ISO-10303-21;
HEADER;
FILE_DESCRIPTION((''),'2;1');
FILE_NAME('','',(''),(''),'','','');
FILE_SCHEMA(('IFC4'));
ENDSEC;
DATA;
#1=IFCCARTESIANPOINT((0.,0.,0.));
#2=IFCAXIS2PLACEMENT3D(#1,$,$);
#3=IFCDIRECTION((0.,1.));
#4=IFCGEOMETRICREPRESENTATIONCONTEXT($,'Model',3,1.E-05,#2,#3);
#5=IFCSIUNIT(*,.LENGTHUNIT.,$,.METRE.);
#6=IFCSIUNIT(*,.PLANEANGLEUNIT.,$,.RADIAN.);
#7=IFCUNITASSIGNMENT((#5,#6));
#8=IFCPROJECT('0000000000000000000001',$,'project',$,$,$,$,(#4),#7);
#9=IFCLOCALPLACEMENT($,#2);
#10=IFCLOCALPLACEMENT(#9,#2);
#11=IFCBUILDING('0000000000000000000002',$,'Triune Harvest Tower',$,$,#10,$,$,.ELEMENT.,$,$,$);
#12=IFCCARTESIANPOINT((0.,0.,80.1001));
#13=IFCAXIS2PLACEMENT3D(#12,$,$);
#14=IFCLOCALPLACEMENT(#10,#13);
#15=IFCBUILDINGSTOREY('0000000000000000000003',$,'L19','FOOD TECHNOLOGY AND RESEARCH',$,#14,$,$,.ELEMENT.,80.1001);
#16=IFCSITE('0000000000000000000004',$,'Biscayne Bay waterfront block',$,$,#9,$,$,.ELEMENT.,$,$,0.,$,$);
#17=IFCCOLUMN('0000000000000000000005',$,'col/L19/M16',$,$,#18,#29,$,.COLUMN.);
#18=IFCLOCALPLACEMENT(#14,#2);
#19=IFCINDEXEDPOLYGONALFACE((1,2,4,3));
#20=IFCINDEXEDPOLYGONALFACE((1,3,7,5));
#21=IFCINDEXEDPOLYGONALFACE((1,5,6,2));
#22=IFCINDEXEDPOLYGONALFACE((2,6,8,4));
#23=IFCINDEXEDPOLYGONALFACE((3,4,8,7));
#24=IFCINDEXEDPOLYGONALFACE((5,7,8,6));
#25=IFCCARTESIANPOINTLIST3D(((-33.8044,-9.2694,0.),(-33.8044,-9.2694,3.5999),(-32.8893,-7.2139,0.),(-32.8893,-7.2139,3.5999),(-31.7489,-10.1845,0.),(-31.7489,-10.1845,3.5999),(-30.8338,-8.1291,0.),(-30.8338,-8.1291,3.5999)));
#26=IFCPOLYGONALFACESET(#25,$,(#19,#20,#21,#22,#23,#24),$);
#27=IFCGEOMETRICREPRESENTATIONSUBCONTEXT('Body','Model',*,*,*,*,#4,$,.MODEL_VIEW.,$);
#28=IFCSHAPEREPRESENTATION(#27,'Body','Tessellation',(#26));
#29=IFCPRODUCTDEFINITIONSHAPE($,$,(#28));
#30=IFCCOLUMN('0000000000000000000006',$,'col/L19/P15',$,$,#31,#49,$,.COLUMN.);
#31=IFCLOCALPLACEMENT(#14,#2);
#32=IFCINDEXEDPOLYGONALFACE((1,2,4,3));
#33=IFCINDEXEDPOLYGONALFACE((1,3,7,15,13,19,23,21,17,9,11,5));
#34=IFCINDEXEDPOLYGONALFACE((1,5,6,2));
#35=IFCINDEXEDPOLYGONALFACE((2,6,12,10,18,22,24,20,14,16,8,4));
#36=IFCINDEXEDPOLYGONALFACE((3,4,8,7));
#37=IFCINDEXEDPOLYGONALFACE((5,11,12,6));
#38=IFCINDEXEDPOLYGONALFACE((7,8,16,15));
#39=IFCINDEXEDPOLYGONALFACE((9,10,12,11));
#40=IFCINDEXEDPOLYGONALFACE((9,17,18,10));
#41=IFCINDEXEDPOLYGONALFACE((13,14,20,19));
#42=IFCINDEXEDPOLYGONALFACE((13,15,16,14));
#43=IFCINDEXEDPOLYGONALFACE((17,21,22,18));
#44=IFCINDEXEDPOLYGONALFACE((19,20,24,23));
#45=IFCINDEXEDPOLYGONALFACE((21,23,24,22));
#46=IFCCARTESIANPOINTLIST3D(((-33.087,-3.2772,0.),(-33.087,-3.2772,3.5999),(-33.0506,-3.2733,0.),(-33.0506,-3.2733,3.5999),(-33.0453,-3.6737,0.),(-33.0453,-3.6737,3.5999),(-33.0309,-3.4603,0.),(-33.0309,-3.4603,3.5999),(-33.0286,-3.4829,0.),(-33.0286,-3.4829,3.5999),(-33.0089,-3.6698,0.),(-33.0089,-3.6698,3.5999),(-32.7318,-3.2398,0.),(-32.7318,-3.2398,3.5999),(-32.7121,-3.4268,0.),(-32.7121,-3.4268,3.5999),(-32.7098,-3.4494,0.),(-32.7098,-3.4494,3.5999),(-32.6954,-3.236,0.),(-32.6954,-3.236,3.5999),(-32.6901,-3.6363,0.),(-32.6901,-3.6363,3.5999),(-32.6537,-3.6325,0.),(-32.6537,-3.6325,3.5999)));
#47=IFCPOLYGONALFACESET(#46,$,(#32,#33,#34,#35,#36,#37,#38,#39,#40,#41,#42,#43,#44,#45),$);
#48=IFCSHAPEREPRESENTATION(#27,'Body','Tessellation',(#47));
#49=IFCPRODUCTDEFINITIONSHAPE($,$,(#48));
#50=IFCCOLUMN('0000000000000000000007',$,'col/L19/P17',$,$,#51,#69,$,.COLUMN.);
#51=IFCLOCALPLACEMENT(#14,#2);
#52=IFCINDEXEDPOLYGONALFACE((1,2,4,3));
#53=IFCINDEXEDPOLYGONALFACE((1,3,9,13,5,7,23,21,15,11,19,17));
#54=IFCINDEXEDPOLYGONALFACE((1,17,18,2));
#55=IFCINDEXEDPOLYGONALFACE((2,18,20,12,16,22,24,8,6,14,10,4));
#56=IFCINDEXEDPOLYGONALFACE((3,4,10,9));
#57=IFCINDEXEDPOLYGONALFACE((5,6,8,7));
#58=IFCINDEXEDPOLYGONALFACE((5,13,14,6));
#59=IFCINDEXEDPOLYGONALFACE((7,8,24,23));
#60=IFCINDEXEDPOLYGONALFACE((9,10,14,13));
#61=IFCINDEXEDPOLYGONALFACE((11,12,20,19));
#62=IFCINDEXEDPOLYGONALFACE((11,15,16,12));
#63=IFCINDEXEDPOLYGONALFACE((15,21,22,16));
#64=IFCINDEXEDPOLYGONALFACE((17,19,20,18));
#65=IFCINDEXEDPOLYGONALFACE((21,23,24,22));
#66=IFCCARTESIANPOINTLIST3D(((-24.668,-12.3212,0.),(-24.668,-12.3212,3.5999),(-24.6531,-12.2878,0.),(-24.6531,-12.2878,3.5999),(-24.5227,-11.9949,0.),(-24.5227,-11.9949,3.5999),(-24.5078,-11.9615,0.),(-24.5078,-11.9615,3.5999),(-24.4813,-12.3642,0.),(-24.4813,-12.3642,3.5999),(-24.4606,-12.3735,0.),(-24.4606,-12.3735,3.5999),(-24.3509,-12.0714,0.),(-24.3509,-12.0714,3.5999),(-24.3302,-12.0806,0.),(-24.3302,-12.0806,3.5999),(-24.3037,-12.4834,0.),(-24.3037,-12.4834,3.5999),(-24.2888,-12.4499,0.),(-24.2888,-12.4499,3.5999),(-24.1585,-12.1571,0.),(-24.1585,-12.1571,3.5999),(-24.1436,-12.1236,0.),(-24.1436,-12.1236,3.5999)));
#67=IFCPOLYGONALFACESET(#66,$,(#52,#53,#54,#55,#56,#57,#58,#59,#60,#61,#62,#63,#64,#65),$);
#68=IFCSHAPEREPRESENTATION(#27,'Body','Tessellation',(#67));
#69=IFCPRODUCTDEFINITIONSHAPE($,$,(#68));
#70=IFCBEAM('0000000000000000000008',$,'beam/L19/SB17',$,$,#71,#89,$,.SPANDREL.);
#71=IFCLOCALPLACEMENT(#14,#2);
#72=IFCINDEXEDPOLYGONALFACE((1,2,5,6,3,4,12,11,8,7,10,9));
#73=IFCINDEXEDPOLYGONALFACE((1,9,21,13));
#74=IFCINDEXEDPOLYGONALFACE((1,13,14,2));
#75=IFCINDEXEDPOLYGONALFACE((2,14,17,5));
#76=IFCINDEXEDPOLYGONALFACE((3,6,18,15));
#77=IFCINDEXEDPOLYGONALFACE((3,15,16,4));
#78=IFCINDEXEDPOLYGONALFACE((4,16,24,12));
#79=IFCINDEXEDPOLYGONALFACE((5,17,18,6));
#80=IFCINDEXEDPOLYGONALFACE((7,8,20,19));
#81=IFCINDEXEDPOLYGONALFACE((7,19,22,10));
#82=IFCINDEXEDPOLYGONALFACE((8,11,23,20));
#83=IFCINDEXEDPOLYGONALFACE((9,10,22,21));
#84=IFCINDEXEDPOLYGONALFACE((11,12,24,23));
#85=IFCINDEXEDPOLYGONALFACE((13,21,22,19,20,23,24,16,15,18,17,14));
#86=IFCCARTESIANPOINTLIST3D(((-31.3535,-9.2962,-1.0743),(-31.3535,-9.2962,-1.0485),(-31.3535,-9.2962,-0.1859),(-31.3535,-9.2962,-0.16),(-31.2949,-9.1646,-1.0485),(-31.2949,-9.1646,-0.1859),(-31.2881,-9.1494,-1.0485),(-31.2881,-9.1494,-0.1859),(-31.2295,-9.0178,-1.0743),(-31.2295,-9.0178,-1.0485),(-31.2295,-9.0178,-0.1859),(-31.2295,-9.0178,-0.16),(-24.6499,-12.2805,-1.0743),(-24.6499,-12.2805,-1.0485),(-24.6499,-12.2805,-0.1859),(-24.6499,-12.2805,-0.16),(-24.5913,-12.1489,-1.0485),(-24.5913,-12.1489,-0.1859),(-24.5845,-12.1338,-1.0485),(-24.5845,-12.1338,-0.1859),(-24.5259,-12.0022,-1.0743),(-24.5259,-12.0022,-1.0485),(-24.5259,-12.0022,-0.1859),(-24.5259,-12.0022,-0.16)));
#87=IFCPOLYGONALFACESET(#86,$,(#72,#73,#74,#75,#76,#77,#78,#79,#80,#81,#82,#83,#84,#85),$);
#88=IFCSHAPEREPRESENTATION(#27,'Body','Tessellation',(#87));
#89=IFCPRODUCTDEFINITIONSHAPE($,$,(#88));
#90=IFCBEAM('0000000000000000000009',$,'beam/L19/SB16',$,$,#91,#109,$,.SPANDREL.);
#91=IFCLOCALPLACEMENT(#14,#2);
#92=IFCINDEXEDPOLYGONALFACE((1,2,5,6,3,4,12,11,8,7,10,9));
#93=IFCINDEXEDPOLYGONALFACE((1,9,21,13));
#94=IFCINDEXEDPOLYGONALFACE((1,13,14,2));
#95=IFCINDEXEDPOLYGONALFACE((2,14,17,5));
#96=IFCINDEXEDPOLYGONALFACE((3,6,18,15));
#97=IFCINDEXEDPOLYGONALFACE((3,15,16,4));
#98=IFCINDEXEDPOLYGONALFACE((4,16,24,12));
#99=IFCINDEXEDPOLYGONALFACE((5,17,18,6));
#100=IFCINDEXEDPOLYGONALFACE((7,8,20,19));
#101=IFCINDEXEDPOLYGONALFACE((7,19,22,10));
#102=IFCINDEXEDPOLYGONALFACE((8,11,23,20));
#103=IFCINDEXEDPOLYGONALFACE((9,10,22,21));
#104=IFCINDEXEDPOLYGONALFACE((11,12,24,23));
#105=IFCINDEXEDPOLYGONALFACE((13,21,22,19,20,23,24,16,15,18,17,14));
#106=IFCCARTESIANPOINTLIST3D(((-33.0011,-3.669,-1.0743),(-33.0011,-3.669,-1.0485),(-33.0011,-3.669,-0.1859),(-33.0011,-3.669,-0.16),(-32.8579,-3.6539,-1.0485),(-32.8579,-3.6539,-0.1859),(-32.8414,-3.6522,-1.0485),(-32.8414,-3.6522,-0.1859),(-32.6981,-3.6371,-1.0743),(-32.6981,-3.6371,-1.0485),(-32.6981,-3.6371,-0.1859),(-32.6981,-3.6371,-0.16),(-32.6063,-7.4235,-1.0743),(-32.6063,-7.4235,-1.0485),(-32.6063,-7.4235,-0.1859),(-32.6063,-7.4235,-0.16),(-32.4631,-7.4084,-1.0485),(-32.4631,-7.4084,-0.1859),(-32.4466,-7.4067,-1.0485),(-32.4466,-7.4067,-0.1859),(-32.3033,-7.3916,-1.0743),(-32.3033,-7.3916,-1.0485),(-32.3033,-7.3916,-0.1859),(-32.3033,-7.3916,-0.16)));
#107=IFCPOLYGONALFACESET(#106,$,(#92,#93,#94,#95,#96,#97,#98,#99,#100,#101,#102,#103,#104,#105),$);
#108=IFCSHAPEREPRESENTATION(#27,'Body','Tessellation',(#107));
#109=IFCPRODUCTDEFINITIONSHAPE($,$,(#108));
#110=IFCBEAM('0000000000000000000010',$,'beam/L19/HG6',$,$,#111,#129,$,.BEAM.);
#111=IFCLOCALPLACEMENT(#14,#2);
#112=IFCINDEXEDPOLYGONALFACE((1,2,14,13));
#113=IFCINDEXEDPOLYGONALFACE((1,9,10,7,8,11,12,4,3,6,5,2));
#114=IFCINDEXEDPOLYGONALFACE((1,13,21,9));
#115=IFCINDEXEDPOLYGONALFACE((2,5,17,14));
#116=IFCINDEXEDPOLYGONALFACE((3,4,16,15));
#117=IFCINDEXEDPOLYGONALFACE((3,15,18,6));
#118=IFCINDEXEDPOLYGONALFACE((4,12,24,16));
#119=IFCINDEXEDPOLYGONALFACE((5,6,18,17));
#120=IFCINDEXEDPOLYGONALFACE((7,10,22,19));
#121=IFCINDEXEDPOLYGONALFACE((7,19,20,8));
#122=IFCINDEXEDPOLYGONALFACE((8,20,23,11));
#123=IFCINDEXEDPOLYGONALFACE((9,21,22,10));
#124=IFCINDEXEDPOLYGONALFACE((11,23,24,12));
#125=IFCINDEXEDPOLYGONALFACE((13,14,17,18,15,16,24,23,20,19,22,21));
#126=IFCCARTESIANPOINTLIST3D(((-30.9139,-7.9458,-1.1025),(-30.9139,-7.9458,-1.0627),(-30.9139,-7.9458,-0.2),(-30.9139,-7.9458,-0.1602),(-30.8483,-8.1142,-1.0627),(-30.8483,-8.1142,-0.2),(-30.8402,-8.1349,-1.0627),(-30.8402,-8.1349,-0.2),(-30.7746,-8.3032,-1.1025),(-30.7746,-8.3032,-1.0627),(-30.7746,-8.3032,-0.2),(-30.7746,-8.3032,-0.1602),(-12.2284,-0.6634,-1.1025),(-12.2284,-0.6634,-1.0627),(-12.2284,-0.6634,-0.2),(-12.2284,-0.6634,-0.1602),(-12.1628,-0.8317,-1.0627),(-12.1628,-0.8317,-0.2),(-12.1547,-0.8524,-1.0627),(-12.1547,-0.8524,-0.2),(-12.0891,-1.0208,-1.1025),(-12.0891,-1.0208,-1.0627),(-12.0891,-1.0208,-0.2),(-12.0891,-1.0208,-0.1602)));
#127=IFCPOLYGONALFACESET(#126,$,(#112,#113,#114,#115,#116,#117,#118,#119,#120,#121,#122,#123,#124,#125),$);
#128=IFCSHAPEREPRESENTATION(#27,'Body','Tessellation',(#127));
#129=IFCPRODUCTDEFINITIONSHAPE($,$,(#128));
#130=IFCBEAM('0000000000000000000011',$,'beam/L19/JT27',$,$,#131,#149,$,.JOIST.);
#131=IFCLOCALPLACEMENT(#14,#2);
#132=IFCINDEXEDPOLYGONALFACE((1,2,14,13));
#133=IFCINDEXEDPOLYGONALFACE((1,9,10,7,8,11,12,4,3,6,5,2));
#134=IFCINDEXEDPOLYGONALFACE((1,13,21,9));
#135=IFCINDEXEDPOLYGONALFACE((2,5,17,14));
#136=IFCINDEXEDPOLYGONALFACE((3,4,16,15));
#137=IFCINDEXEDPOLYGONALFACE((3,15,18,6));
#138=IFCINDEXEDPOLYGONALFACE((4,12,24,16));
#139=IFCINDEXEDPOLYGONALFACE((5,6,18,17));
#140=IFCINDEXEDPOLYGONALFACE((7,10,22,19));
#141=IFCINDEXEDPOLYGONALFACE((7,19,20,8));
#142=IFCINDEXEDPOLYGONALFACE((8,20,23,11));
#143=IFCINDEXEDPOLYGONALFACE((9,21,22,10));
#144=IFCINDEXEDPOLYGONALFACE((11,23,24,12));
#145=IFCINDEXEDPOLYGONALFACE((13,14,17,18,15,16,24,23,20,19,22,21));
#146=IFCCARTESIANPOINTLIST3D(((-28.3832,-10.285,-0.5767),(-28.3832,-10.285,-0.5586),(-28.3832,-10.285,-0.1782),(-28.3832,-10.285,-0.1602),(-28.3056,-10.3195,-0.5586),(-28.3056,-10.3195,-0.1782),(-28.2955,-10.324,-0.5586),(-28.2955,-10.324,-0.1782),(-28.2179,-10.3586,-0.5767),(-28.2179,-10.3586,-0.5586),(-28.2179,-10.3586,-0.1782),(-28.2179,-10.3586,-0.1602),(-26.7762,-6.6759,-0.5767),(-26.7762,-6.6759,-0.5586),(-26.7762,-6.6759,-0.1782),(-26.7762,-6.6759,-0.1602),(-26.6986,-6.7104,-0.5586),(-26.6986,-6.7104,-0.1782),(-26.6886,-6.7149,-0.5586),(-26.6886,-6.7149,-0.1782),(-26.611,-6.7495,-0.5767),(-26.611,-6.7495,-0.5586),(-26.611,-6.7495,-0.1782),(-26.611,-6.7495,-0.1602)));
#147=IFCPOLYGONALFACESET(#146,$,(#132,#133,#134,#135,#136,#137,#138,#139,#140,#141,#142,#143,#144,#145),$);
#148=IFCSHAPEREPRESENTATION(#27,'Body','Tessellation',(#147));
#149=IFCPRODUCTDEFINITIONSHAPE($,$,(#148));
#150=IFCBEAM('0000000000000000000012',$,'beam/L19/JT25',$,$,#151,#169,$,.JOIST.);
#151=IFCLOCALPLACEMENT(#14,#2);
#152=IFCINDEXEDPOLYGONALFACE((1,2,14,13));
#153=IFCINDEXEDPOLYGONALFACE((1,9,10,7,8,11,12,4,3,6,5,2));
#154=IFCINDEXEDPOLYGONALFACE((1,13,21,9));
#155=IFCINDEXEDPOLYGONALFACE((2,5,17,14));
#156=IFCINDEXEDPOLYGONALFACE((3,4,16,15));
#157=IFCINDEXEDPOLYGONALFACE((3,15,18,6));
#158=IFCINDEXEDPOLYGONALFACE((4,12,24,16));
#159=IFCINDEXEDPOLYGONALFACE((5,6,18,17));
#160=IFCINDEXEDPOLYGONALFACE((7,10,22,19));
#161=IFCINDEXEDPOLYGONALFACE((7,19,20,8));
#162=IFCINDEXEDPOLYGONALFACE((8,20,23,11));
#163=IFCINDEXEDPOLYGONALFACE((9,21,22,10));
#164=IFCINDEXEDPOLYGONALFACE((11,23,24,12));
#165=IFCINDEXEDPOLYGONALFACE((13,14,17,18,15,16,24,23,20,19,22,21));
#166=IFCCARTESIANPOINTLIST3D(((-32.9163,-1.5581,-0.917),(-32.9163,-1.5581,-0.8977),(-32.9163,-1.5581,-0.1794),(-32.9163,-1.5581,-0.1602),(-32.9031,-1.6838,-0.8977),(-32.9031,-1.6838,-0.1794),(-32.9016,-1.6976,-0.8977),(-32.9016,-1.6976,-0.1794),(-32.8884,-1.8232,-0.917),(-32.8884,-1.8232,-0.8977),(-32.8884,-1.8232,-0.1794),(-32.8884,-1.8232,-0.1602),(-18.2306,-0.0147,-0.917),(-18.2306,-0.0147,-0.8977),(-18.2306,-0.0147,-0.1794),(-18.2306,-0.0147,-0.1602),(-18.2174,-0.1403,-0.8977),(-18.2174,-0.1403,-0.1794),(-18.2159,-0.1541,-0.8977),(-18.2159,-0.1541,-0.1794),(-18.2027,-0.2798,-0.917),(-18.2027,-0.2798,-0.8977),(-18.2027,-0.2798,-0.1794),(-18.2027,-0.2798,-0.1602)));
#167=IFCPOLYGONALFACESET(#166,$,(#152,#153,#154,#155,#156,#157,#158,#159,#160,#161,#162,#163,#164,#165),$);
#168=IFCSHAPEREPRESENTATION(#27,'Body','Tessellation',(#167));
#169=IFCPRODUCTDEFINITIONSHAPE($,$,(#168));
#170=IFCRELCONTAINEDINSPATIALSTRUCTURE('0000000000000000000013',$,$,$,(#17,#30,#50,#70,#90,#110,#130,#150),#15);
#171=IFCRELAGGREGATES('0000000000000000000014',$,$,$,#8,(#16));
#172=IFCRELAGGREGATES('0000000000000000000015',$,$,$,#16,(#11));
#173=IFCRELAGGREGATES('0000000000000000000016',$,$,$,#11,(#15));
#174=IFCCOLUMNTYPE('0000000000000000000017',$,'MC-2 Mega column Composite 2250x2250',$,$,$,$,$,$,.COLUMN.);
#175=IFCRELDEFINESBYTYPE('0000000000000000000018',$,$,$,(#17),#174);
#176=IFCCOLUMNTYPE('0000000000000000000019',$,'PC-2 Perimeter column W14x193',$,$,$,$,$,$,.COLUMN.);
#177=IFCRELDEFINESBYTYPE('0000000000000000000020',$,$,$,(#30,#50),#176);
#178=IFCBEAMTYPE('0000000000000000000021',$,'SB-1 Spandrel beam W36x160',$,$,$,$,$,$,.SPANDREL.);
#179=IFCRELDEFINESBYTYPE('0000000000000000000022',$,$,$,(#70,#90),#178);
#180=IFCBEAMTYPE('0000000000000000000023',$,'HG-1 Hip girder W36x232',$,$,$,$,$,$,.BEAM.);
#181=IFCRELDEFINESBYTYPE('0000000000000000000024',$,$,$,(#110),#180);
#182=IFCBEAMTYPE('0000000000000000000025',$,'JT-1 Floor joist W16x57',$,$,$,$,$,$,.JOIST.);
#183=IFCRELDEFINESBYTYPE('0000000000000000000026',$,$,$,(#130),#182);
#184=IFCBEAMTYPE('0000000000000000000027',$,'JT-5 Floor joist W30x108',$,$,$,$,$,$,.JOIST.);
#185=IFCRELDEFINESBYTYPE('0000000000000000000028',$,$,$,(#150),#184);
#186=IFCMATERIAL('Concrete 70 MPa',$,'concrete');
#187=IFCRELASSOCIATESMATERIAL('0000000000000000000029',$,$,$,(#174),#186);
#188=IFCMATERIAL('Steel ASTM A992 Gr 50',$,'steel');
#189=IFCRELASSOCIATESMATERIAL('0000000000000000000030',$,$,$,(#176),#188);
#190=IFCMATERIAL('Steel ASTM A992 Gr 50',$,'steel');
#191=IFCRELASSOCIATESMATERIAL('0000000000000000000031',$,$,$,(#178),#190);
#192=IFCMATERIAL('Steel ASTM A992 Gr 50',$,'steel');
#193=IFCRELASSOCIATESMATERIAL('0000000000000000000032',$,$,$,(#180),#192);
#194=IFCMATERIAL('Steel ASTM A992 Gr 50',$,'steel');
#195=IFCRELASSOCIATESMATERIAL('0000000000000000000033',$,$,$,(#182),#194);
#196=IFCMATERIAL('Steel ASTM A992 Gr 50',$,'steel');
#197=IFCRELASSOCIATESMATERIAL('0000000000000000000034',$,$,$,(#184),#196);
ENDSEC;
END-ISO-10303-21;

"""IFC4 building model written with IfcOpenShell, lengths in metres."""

from ifc_helpers import new_model, si_unit, direction, frame, origin, origin_2d, place, context, subcontext, project, spatial, rectangle, i_section, extrude, source, transform, mapped, material, material_profile, profile_set, type_object, element, save


model = new_model("IFC4")

# Units and contexts
model_context = context("Model", 3, precision=1e-05, world=origin(), true_north=direction((0.0, 1.0)))
body_context = subcontext(model_context, "Body", "Model", "MODEL_VIEW")
ifc_project = project(units=[si_unit("LENGTHUNIT", "METRE"), si_unit("PLANEANGLEUNIT", "RADIAN")], contexts=[model_context])

# Site, building, storey
site_placement = place(None, origin())
site = spatial("IfcSite", under=ifc_project, at=site_placement, Name="Biscayne Bay waterfront block", CompositionType="ELEMENT", RefElevation=0.0)
building_placement = place(site_placement, origin())
building = spatial("IfcBuilding", under=site, at=building_placement, Name="Triune Harvest Tower", CompositionType="ELEMENT")
storey_placement = place(building_placement, frame((0.0, 0.0, 80.1001)))
storey = spatial("IfcBuildingStorey", under=building, at=storey_placement, Name="L19", Description="FOOD TECHNOLOGY AND RESEARCH", CompositionType="ELEMENT", Elevation=80.1001)

# Columns
ifc_material_1 = material(Name="Concrete 70 MPa", Category="concrete")
ifc_material_profile_1 = material_profile(ifc_material_1, rectangle(XDim=2.25, YDim=2.25, at=origin_2d()), Name="Composite 2250x2250")
ifc_profile_set_1 = profile_set([ifc_material_profile_1], Name="Concrete 70 MPa")
column_type_1 = type_object("IfcColumnType", Name="MC-2 Mega column Composite 2250x2250", PredefinedType="COLUMN", material=ifc_profile_set_1)
shared_shape_1 = source(origin(), body_context, "Body", "SweptSolid", [
    extrude(rectangle(XDim=2.25, YDim=2.25, at=origin_2d()), origin(), (0.0, 0.0, 1.0), 3.5999),
])
column_placement = place(storey_placement, frame((-32.3191, -8.6992, 0.0), z_axis=(0.0, 0.0, 1.0), x_axis=(0.913545, -0.406737, 0.0)))
element("IfcColumn", 1, at=column_placement, inside=storey, type_object=column_type_1, Name="col/L19/M16", PredefinedType="COLUMN", context=body_context, shape_type="MappedRepresentation", body=[
    mapped(shared_shape_1, transform((0.0, 0.0, 0.0), scale=1.0)),
])
ifc_material_2 = material(Name="Steel ASTM A992 Gr 50", Category="steel")
ifc_material_profile_2 = material_profile(ifc_material_2, i_section(OverallWidth=0.3987, OverallDepth=0.3938, WebThickness=0.0227, FlangeThickness=0.0366, at=origin_2d()), Name="W14x193")
ifc_profile_set_2 = profile_set([ifc_material_profile_2], Name="Steel ASTM A992 Gr 50")
column_type_2 = type_object("IfcColumnType", Name="PC-2 Perimeter column W14x193", PredefinedType="COLUMN", material=ifc_profile_set_2)
shared_shape_2 = source(origin(), body_context, "Body", "SweptSolid", [
    extrude(i_section(OverallWidth=0.3987, OverallDepth=0.3938, WebThickness=0.0227, FlangeThickness=0.0366, at=origin_2d()), origin(), (0.0, 0.0, 1.0), 3.5999),
])
for number, where, z_axis, x_axis, name in (
    (2, (-32.8704, -3.4548, 0.0), (0.0, 0.0, 1.0), (0.104528, -0.994522, 0.0), "col/L19/P15"),
    (3, (-24.4058, -12.2224, 0.0), (0.0, 0.0, 1.0), (0.913545, -0.406737, 0.0), "col/L19/P17"),
):
    element("IfcColumn", number, at=place(storey_placement, frame(where, z_axis=z_axis, x_axis=x_axis)), inside=storey, type_object=column_type_2, Name=name, PredefinedType="COLUMN", context=body_context, shape_type="MappedRepresentation", body=[
        mapped(shared_shape_2, transform((0.0, 0.0, 0.0), scale=1.0)),
    ])

# Beams
ifc_material_3 = material(Name="Steel ASTM A992 Gr 50", Category="steel")
ifc_material_profile_3 = material_profile(ifc_material_3, i_section(OverallWidth=0.3047, OverallDepth=0.9143, WebThickness=0.0166, FlangeThickness=0.0259, at=origin_2d()), Name="W36x160")
ifc_profile_set_3 = profile_set([ifc_material_profile_3], Name="Steel ASTM A992 Gr 50")
beam_type_1 = type_object("IfcBeamType", Name="SB-1 Spandrel beam W36x160", PredefinedType="SPANDREL", material=ifc_profile_set_3)
shared_shape_3 = source(origin(), body_context, "Body", "SweptSolid", [
    extrude(i_section(OverallWidth=0.3047, OverallDepth=0.9143, WebThickness=0.0166, FlangeThickness=0.0259, at=origin_2d()), origin(), (0.0, 0.0, 1.0), 7.3379),
])
beam_1_placement = place(storey_placement, frame((-31.2915, -9.157, -0.6172), z_axis=(0.913559, -0.406706, 0.0), x_axis=(0.406706, 0.913559, 0.0)))
element("IfcBeam", 4, at=beam_1_placement, inside=storey, type_object=beam_type_1, Name="beam/L19/SB17", PredefinedType="SPANDREL", context=body_context, shape_type="MappedRepresentation", body=[
    mapped(shared_shape_3, transform((0.0, 0.0, 0.0), scale=1.0)),
])
shared_shape_4 = source(origin(), body_context, "Body", "SweptSolid", [
    extrude(i_section(OverallWidth=0.3047, OverallDepth=0.9143, WebThickness=0.0166, FlangeThickness=0.0259, at=origin_2d()), origin(), (0.0, 0.0, 1.0), 3.7751),
])
beam_2_placement = place(storey_placement, frame((-32.8496, -3.6531, -0.6172), z_axis=(0.104574, -0.994517, 0.0), x_axis=(0.994517, 0.104574, 0.0)))
element("IfcBeam", 5, at=beam_2_placement, inside=storey, type_object=beam_type_1, Name="beam/L19/SB16", PredefinedType="SPANDREL", context=body_context, shape_type="MappedRepresentation", body=[
    mapped(shared_shape_4, transform((0.0, 0.0, 0.0), scale=1.0)),
])
ifc_material_4 = material(Name="Steel ASTM A992 Gr 50", Category="steel")
ifc_material_profile_4 = material_profile(ifc_material_4, i_section(OverallWidth=0.3835, OverallDepth=0.9424, WebThickness=0.0222, FlangeThickness=0.0398, at=origin_2d()), Name="W36x232")
ifc_profile_set_4 = profile_set([ifc_material_profile_4], Name="Steel ASTM A992 Gr 50")
beam_type_2 = type_object("IfcBeamType", Name="HG-1 Hip girder W36x232", PredefinedType="BEAM", material=ifc_profile_set_4)
shared_shape_5 = source(origin(), body_context, "Body", "SweptSolid", [
    extrude(i_section(OverallWidth=0.3835, OverallDepth=0.9424, WebThickness=0.0222, FlangeThickness=0.0398, at=origin_2d()), origin(), (0.0, 0.0, 1.0), 20.0544),
])
beam_3_placement = place(storey_placement, frame((-30.8442, -8.1245, -0.6313), z_axis=(0.931737, 0.363134, 0.0), x_axis=(-0.363134, 0.931737, 0.0)))
element("IfcBeam", 6, at=beam_3_placement, inside=storey, type_object=beam_type_2, Name="beam/L19/HG6", PredefinedType="BEAM", context=body_context, shape_type="MappedRepresentation", body=[
    mapped(shared_shape_5, transform((0.0, 0.0, 0.0), scale=1.0)),
])
ifc_material_5 = material(Name="Steel ASTM A992 Gr 50", Category="steel")
ifc_material_profile_5 = material_profile(ifc_material_5, i_section(OverallWidth=0.1809, OverallDepth=0.4165, WebThickness=0.011, FlangeThickness=0.0181, at=origin_2d()), Name="W16x57")
ifc_profile_set_5 = profile_set([ifc_material_profile_5], Name="Steel ASTM A992 Gr 50")
beam_type_3 = type_object("IfcBeamType", Name="JT-1 Floor joist W16x57", PredefinedType="JOIST", material=ifc_profile_set_5)
shared_shape_6 = source(origin(), body_context, "Body", "SweptSolid", [
    extrude(i_section(OverallWidth=0.1809, OverallDepth=0.4165, WebThickness=0.011, FlangeThickness=0.0181, at=origin_2d()), origin(), (0.0, 0.0, 1.0), 3.9507),
])
beam_4_placement = place(storey_placement, frame((-28.3005, -10.3218, -0.3684), z_axis=(0.406746, 0.913541, 0.0), x_axis=(-0.913541, 0.406746, 0.0)))
element("IfcBeam", 7, at=beam_4_placement, inside=storey, type_object=beam_type_3, Name="beam/L19/JT27", PredefinedType="JOIST", context=body_context, shape_type="MappedRepresentation", body=[
    mapped(shared_shape_6, transform((0.0, 0.0, 0.0), scale=1.0)),
])
ifc_material_6 = material(Name="Steel ASTM A992 Gr 50", Category="steel")
ifc_material_profile_6 = material_profile(ifc_material_6, i_section(OverallWidth=0.2666, OverallDepth=0.7568, WebThickness=0.0139, FlangeThickness=0.0193, at=origin_2d()), Name="W30x108")
ifc_profile_set_6 = profile_set([ifc_material_profile_6], Name="Steel ASTM A992 Gr 50")
beam_type_4 = type_object("IfcBeamType", Name="JT-5 Floor joist W30x108", PredefinedType="JOIST", material=ifc_profile_set_6)
shared_shape_7 = source(origin(), body_context, "Body", "SweptSolid", [
    extrude(i_section(OverallWidth=0.2666, OverallDepth=0.7568, WebThickness=0.0139, FlangeThickness=0.0193, at=origin_2d()), origin(), (0.0, 0.0, 1.0), 14.7666),
])
beam_5_placement = place(storey_placement, frame((-32.9023, -1.6907, -0.5386), z_axis=(0.994522, 0.104523, 0.0), x_axis=(-0.104523, 0.994522, 0.0)))
element("IfcBeam", 8, at=beam_5_placement, inside=storey, type_object=beam_type_4, Name="beam/L19/JT25", PredefinedType="JOIST", context=body_context, shape_type="MappedRepresentation", body=[
    mapped(shared_shape_7, transform((0.0, 0.0, 0.0), scale=1.0)),
])

save(model, "model.ifc")
